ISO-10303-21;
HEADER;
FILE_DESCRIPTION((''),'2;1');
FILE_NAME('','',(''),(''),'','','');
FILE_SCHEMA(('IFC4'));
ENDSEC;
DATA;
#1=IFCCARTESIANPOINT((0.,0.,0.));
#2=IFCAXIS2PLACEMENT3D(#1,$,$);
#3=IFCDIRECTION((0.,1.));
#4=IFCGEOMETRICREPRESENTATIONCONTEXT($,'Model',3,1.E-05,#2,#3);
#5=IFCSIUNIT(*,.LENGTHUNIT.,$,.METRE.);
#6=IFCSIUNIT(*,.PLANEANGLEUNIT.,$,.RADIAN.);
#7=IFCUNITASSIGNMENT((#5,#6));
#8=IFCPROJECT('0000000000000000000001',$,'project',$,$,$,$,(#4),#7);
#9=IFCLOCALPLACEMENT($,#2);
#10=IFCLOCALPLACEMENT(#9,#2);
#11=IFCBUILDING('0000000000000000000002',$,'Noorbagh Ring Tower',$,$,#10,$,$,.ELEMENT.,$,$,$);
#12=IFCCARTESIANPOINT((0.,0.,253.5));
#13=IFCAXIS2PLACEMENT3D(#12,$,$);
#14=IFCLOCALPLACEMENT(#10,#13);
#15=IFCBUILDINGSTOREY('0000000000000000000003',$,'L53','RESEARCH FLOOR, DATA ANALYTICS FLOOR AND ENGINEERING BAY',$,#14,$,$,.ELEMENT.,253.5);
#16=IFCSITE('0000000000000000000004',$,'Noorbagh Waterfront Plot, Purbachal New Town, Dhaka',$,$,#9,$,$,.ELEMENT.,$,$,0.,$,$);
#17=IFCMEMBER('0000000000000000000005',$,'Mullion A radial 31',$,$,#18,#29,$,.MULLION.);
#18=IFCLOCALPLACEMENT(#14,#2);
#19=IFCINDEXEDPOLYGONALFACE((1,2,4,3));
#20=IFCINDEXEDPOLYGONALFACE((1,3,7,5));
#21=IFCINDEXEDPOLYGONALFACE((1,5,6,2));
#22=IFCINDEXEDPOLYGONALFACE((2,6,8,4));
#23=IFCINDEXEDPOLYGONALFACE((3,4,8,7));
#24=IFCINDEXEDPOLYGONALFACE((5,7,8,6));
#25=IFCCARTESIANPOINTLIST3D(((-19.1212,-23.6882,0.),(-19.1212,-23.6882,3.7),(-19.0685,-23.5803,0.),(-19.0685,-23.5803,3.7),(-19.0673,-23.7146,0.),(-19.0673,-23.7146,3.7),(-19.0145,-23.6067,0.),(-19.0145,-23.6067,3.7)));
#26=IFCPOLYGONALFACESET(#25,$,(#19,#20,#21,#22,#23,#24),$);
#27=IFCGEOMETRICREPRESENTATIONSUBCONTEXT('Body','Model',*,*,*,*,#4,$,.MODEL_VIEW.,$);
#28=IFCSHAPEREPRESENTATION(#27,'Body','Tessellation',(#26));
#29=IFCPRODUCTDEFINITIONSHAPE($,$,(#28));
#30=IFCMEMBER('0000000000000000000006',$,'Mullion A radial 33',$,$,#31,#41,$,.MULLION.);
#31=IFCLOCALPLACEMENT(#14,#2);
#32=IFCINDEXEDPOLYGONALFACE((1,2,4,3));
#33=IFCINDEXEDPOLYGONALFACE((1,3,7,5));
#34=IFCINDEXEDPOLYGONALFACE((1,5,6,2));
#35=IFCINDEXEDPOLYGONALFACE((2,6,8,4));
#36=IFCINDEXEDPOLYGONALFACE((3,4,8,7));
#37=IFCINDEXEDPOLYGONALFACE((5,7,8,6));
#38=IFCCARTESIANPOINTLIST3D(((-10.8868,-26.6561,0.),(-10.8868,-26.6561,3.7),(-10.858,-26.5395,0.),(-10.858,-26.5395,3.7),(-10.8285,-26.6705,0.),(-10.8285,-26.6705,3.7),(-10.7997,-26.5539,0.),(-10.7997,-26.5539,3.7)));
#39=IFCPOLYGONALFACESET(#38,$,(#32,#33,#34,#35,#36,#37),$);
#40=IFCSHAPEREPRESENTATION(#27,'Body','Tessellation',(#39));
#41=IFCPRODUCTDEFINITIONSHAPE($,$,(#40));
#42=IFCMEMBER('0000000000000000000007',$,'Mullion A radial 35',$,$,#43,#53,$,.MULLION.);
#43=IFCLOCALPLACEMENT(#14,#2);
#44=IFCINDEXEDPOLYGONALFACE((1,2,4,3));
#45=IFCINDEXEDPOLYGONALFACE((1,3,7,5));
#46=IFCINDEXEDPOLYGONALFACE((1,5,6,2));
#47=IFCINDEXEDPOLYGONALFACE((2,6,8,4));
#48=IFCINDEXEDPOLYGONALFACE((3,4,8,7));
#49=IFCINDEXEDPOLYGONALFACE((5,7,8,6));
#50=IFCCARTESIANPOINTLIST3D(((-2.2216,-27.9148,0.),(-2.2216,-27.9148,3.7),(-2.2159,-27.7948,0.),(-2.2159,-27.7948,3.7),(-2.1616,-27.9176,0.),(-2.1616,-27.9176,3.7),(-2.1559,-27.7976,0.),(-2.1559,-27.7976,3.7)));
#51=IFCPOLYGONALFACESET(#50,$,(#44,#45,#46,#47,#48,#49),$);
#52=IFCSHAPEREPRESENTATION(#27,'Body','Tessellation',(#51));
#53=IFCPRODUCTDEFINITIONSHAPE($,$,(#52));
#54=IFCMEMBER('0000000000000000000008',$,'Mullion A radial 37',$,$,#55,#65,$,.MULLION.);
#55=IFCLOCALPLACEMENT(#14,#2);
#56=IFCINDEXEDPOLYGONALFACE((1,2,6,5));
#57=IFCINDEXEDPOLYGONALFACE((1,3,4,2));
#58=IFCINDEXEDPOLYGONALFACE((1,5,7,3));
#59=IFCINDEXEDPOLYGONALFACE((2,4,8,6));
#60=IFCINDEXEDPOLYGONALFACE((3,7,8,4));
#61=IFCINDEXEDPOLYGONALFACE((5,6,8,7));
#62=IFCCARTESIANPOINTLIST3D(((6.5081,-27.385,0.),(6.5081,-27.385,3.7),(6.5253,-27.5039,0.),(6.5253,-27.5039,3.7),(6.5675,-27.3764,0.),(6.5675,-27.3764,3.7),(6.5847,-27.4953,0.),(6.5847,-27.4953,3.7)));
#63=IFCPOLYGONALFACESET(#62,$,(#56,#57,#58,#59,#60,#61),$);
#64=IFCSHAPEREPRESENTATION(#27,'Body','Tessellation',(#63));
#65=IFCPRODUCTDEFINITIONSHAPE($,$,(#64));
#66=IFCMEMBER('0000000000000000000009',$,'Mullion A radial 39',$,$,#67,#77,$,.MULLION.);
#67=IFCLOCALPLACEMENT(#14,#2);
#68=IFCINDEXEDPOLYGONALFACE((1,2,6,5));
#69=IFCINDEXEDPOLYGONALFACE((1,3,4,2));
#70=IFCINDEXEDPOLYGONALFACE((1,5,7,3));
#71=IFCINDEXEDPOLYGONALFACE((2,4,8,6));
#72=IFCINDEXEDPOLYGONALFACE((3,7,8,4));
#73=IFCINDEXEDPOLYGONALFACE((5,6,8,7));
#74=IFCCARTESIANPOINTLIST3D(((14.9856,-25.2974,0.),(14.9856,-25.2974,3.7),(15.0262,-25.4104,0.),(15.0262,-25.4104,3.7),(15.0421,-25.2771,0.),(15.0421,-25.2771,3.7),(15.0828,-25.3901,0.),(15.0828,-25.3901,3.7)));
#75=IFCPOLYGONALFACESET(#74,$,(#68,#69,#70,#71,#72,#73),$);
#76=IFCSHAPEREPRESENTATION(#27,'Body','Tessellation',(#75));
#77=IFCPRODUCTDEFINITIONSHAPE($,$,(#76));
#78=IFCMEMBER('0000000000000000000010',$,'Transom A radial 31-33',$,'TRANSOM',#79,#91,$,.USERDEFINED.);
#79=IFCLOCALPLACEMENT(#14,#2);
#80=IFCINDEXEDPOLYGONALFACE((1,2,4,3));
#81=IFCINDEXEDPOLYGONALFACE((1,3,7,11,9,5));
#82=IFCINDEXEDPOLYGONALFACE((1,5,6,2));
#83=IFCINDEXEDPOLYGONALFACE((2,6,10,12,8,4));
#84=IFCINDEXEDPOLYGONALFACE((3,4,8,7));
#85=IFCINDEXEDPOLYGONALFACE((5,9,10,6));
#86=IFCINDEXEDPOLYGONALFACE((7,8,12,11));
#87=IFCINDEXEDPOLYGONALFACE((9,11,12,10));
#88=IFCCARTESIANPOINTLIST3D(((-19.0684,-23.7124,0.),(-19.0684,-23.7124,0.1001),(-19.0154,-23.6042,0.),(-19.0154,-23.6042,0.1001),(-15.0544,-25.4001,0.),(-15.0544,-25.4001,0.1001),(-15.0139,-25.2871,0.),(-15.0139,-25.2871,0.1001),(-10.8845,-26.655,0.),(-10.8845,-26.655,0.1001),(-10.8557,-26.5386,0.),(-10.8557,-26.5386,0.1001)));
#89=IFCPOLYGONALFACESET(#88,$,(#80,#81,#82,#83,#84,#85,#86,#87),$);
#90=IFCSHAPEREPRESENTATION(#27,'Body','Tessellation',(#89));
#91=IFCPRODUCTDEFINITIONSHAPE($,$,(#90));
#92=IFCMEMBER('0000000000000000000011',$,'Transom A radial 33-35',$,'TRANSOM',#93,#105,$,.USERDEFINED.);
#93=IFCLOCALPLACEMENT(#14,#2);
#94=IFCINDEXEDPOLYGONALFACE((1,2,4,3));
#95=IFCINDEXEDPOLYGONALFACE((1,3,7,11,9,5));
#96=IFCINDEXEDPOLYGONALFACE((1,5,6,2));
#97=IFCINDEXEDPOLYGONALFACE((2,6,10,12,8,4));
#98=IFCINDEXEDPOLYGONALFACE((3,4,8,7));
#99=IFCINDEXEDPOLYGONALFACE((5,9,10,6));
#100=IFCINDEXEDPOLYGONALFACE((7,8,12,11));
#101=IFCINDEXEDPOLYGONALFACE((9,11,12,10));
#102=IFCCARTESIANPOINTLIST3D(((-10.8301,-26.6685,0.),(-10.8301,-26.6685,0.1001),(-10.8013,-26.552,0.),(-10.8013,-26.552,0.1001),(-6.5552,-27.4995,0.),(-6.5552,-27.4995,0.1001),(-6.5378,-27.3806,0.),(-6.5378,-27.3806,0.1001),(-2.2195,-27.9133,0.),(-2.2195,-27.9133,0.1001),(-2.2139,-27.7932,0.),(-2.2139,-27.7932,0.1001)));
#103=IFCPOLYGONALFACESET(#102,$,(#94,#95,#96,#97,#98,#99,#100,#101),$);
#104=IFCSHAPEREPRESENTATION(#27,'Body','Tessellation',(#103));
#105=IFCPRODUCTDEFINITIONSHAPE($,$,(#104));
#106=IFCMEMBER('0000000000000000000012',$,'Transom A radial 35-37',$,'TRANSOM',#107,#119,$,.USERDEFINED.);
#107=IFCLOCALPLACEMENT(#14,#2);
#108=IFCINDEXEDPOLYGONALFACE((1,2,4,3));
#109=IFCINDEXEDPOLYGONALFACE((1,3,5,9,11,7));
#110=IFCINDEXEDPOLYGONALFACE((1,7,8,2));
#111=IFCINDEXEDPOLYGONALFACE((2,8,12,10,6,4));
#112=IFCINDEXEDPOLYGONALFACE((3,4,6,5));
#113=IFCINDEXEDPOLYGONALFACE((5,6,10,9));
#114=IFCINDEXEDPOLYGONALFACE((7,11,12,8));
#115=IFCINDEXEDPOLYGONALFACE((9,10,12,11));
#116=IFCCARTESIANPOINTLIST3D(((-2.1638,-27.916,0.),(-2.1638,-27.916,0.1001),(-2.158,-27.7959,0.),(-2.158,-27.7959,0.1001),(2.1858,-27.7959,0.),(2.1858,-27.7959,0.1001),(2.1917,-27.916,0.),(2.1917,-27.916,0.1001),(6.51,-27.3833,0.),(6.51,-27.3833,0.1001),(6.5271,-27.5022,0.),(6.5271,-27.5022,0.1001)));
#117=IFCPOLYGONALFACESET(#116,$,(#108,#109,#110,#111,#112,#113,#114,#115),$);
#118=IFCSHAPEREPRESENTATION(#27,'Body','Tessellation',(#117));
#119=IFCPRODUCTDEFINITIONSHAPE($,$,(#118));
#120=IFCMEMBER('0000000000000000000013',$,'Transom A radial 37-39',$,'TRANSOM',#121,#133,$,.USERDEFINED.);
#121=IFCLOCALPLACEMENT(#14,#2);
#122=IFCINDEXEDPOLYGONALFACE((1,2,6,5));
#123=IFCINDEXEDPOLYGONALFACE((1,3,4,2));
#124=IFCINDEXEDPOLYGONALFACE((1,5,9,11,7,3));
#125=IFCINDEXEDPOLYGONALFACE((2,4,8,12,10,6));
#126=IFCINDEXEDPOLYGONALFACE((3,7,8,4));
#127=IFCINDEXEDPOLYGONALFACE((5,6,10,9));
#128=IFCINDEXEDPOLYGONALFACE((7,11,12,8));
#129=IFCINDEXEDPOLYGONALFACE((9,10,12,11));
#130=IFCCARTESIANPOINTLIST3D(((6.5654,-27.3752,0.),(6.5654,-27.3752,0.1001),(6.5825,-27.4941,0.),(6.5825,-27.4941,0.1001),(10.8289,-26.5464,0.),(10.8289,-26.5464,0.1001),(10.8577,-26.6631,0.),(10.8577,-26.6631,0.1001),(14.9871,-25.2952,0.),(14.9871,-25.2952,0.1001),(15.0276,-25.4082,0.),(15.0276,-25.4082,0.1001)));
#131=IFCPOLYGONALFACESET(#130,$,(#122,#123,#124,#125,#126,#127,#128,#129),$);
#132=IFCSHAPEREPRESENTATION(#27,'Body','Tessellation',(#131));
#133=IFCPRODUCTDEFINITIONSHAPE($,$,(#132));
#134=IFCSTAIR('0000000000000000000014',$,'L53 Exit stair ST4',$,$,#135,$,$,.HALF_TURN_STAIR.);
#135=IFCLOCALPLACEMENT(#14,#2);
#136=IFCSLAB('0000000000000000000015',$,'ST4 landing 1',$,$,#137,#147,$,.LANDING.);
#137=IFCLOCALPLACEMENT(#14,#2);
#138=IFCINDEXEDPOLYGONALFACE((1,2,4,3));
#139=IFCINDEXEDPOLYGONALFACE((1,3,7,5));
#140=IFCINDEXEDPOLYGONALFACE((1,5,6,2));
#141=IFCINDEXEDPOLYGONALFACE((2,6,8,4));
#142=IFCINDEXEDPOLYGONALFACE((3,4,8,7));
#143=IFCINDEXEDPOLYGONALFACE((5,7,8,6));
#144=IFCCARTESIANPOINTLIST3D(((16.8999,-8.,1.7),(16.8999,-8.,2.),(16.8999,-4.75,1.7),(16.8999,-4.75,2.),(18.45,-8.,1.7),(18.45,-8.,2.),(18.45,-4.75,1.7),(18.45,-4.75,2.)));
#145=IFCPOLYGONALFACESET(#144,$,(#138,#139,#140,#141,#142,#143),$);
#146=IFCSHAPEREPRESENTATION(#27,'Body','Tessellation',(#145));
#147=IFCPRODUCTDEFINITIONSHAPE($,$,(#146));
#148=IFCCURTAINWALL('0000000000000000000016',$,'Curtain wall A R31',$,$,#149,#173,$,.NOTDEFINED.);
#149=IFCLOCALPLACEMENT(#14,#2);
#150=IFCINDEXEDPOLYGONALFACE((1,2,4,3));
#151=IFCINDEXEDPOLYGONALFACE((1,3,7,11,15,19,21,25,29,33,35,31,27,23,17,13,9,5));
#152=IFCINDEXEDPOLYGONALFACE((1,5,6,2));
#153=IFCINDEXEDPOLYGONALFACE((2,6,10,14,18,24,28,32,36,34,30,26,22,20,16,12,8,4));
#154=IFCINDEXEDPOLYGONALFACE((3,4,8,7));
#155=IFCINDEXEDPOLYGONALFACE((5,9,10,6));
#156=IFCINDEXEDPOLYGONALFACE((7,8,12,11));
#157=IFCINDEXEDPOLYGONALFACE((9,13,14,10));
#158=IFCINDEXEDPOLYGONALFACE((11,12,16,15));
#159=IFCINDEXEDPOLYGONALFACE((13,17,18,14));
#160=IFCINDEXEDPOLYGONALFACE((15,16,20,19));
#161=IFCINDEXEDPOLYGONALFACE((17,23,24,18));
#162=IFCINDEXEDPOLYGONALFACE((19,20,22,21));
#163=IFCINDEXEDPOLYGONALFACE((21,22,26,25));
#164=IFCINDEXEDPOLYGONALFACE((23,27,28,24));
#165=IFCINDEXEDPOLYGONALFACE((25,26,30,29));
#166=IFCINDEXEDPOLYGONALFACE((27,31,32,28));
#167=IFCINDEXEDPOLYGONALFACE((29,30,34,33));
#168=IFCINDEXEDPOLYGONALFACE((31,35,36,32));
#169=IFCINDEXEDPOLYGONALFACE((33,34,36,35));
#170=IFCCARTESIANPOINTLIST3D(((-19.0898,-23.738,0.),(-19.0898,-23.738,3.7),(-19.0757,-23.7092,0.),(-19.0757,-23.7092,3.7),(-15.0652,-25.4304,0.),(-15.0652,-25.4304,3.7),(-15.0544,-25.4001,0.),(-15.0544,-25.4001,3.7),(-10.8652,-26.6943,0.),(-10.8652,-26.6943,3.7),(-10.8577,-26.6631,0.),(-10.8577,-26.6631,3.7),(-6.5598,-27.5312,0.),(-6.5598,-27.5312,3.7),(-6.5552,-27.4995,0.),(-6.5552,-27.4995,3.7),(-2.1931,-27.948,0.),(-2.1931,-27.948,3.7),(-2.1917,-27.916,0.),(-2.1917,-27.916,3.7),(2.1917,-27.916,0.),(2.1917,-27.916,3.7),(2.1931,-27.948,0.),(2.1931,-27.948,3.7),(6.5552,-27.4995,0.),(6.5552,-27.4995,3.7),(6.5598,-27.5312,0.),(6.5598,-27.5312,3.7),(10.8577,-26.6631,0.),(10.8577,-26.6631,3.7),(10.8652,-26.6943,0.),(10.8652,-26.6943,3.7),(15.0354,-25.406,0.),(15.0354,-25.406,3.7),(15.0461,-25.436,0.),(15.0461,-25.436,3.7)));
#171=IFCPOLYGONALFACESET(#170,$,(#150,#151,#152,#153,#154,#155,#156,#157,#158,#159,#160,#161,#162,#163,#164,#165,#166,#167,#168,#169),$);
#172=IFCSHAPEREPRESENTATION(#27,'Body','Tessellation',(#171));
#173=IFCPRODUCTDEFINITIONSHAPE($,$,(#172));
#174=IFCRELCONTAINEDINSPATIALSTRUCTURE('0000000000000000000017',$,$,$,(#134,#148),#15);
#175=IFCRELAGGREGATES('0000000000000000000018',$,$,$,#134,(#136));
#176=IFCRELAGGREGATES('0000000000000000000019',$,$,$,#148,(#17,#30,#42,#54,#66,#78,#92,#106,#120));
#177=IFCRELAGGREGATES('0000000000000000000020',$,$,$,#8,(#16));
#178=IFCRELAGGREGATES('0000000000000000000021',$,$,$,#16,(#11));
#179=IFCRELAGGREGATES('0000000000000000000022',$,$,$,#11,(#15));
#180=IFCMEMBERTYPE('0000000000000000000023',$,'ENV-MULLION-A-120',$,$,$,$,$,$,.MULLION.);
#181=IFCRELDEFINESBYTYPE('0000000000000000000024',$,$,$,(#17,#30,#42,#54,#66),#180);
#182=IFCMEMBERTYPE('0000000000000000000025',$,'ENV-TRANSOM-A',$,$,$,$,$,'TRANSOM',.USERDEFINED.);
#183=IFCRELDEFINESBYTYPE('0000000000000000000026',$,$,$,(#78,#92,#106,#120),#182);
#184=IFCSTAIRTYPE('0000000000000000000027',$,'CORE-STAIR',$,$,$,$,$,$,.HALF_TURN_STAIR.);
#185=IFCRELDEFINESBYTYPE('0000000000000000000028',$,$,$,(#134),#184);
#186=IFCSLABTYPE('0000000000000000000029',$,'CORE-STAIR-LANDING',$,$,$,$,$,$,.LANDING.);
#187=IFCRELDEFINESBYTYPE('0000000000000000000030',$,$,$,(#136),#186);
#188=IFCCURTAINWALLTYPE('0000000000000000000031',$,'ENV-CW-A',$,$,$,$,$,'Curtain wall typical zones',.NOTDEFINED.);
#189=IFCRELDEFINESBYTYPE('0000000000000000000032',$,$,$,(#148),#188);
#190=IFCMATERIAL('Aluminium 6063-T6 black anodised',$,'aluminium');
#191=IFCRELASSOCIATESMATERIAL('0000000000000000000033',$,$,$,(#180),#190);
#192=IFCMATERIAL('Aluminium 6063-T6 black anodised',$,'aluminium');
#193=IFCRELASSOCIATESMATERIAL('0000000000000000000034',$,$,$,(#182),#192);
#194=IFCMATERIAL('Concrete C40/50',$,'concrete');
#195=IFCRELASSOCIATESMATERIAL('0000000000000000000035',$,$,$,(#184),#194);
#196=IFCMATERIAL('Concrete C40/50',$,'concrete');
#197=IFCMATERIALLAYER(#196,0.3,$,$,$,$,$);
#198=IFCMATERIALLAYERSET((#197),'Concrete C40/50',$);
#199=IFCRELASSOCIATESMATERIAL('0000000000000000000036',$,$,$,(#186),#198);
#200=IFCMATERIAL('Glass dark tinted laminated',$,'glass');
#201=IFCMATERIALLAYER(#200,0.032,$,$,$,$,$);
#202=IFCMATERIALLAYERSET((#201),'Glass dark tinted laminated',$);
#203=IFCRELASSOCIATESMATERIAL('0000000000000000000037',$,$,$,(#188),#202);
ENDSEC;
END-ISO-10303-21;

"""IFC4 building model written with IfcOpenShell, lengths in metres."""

from ifc_helpers import new_model, si_unit, direction, frame, origin, origin_2d, place, context, subcontext, project, spatial, polyline, rectangle, outline, extrude, material, layer, layer_set, material_profile, profile_set, type_object, element, aggregate, save


model = new_model("IFC4")

# Units and contexts
model_context = context("Model", 3, precision=1e-05, world=origin(), true_north=direction((0.0, 1.0)))
body_context = subcontext(model_context, "Body", "Model", "MODEL_VIEW")
ifc_project = project(units=[si_unit("LENGTHUNIT", "METRE"), si_unit("PLANEANGLEUNIT", "RADIAN")], contexts=[model_context])

# Members
ifc_material_1 = material(Name="Aluminium 6063-T6 black anodised", Category="aluminium")
ifc_material_profile = material_profile(ifc_material_1, rectangle(XDim=0.1201, YDim=0.0601, at=origin_2d()), Name="120x60")
ifc_profile_set = profile_set([ifc_material_profile], Name="Aluminium 6063-T6 black anodised")
member_type_1 = type_object("IfcMemberType", Name="ENV-MULLION-A-120", PredefinedType="MULLION", material=ifc_profile_set)
site_placement = place(None, origin())
building_placement = place(site_placement, origin())
storey_placement = place(building_placement, frame((0.0, 0.0, 253.5)))
member_1_placement = place(storey_placement, frame((-19.0679, -23.6475, 0.0), z_axis=(0.0, 0.0, 1.0), x_axis=(0.439238, 0.898371, 0.0)))
member_1 = element("IfcMember", 1, at=member_1_placement, type_object=member_type_1, Name="Mullion A radial 31", PredefinedType="MULLION", context=body_context, shape_type="SweptSolid", body=[
    extrude(rectangle(XDim=0.1201, YDim=0.0601, at=origin_2d()), origin(), (0.0, 0.0, 1.0), 3.7),
])
member_2_placement = place(storey_placement, frame((-10.8433, -26.605, 0.0), z_axis=(0.0, 0.0, 1.0), x_axis=(0.239799, 0.970823, 0.0)))
member_2 = element("IfcMember", 2, at=member_2_placement, type_object=member_type_1, Name="Mullion A radial 33", PredefinedType="MULLION", context=body_context, shape_type="SweptSolid", body=[
    extrude(rectangle(XDim=0.1201, YDim=0.0601, at=origin_2d()), origin(), (0.0, 0.0, 1.0), 3.7),
])
member_3_placement = place(storey_placement, frame((-2.1887, -27.8562, 0.0), z_axis=(0.0, 0.0, 1.0), x_axis=(0.047558, 0.998868, 0.0)))
member_3 = element("IfcMember", 3, at=member_3_placement, type_object=member_type_1, Name="Mullion A radial 35", PredefinedType="MULLION", context=body_context, shape_type="SweptSolid", body=[
    extrude(rectangle(XDim=0.1201, YDim=0.0601, at=origin_2d()), origin(), (0.0, 0.0, 1.0), 3.7),
])
member_4_placement = place(storey_placement, frame((6.5464, -27.4402, 0.0), z_axis=(0.0, 0.0, 1.0), x_axis=(-0.143082, 0.989711, 0.0)))
member_4 = element("IfcMember", 4, at=member_4_placement, type_object=member_type_1, Name="Mullion A radial 37", PredefinedType="MULLION", context=body_context, shape_type="SweptSolid", body=[
    extrude(rectangle(XDim=0.1201, YDim=0.0601, at=origin_2d()), origin(), (0.0, 0.0, 1.0), 3.7),
])
member_5_placement = place(storey_placement, frame((15.0342, -25.3438, 0.0), z_axis=(0.0, 0.0, 1.0), x_axis=(-0.338379, 0.94101, 0.0)))
member_5 = element("IfcMember", 5, at=member_5_placement, type_object=member_type_1, Name="Mullion A radial 39", PredefinedType="MULLION", context=body_context, shape_type="SweptSolid", body=[
    extrude(rectangle(XDim=0.1201, YDim=0.0601, at=origin_2d()), origin(), (0.0, 0.0, 1.0), 3.7),
])
ifc_material_2 = material(Name="Aluminium 6063-T6 black anodised", Category="aluminium")
member_type_2 = type_object("IfcMemberType", Name="ENV-TRANSOM-A", ElementType="TRANSOM", PredefinedType="USERDEFINED", material=ifc_material_2)
member_6_placement = place(storey_placement, origin())
member_6 = element("IfcMember", 6, at=member_6_placement, type_object=member_type_2, Name="Transom A radial 31-33", ObjectType="TRANSOM", PredefinedType="USERDEFINED", context=body_context, shape_type="SweptSolid", body=[
    extrude(outline(polyline([(-19.0684, -23.7124), (-15.0544, -25.4001), (-10.8845, -26.655), (-10.8557, -26.5386), (-15.0139, -25.2871), (-19.0154, -23.6042), (-19.0684, -23.7124)])), origin(), (0.0, 0.0, 1.0), 0.1001),
])
member_7_placement = place(storey_placement, origin())
member_7 = element("IfcMember", 7, at=member_7_placement, type_object=member_type_2, Name="Transom A radial 33-35", ObjectType="TRANSOM", PredefinedType="USERDEFINED", context=body_context, shape_type="SweptSolid", body=[
    extrude(outline(polyline([(-10.8301, -26.6685), (-6.5552, -27.4995), (-2.2195, -27.9133), (-2.2139, -27.7932), (-6.5378, -27.3806), (-10.8013, -26.552), (-10.8301, -26.6685)])), origin(), (0.0, 0.0, 1.0), 0.1001),
])
member_8_placement = place(storey_placement, origin())
member_8 = element("IfcMember", 8, at=member_8_placement, type_object=member_type_2, Name="Transom A radial 35-37", ObjectType="TRANSOM", PredefinedType="USERDEFINED", context=body_context, shape_type="SweptSolid", body=[
    extrude(outline(polyline([(-2.1638, -27.916), (2.1917, -27.916), (6.5271, -27.5022), (6.51, -27.3833), (2.1858, -27.7959), (-2.158, -27.7959), (-2.1638, -27.916)])), origin(), (0.0, 0.0, 1.0), 0.1001),
])
member_9_placement = place(storey_placement, origin())
member_9 = element("IfcMember", 9, at=member_9_placement, type_object=member_type_2, Name="Transom A radial 37-39", ObjectType="TRANSOM", PredefinedType="USERDEFINED", context=body_context, shape_type="SweptSolid", body=[
    extrude(outline(polyline([(6.5825, -27.4941), (10.8577, -26.6631), (15.0276, -25.4082), (14.9871, -25.2952), (10.8289, -26.5464), (6.5654, -27.3752), (6.5825, -27.4941)])), origin(), (0.0, 0.0, 1.0), 0.1001),
])

# Site, building, storey
site = spatial("IfcSite", under=ifc_project, at=site_placement, Name="Noorbagh Waterfront Plot, Purbachal New Town, Dhaka", CompositionType="ELEMENT", RefElevation=0.0)
building = spatial("IfcBuilding", under=site, at=building_placement, Name="Noorbagh Ring Tower", CompositionType="ELEMENT")
storey = spatial("IfcBuildingStorey", under=building, at=storey_placement, Name="L53", Description="RESEARCH FLOOR, DATA ANALYTICS FLOOR AND ENGINEERING BAY", CompositionType="ELEMENT", Elevation=253.5)

# Stair, slab
ifc_material_3 = material(Name="Concrete C40/50", Category="concrete")
stair_type = type_object("IfcStairType", Name="CORE-STAIR", PredefinedType="HALF_TURN_STAIR", material=ifc_material_3)
stair_placement = place(storey_placement, origin())
stair = element("IfcStair", 10, at=stair_placement, inside=storey, type_object=stair_type, Name="L53 Exit stair ST4", PredefinedType="HALF_TURN_STAIR")
ifc_material_4 = material(Name="Concrete C40/50", Category="concrete")
ifc_layer_1 = layer(ifc_material_4, 0.3)
ifc_layer_set_1 = layer_set([ifc_layer_1], Name="Concrete C40/50")
slab_type = type_object("IfcSlabType", Name="CORE-STAIR-LANDING", PredefinedType="LANDING", material=ifc_layer_set_1)
slab_placement = place(storey_placement, frame((0.0, 0.0, 1.7)))
slab = element("IfcSlab", 11, at=slab_placement, type_object=slab_type, Name="ST4 landing 1", PredefinedType="LANDING", context=body_context, shape_type="SweptSolid", body=[
    extrude(outline(polyline([(18.45, -4.75), (16.8999, -4.75), (16.8999, -8.0), (18.45, -8.0), (18.45, -4.75)])), origin(), (0.0, 0.0, 1.0), 0.3),
])
aggregate(stair, [slab])

# Curtain wall
ifc_material_5 = material(Name="Glass dark tinted laminated", Category="glass")
ifc_layer_2 = layer(ifc_material_5, 0.032)
ifc_layer_set_2 = layer_set([ifc_layer_2], Name="Glass dark tinted laminated")
curtain_wall_type = type_object("IfcCurtainWallType", Name="ENV-CW-A", ElementType="Curtain wall typical zones", PredefinedType="NOTDEFINED", material=ifc_layer_set_2)
curtain_wall_1_placement = place(storey_placement, origin())
curtain_wall_1 = element("IfcCurtainWall", 12, at=curtain_wall_1_placement, inside=storey, type_object=curtain_wall_type, Name="Curtain wall A R31", PredefinedType="NOTDEFINED", context=body_context, shape_type="SweptSolid", body=[
    extrude(outline(polyline([(-19.0898, -23.738), (-15.0652, -25.4304), (-10.8652, -26.6943), (-6.5598, -27.5312), (-2.1931, -27.948), (2.1931, -27.948), (6.5598, -27.5312), (10.8652, -26.6943), (15.0461, -25.436), (15.0354, -25.406), (10.8577, -26.6631), (6.5552, -27.4995), (2.1917, -27.916), (-2.1917, -27.916), (-6.5552, -27.4995), (-10.8577, -26.6631), (-15.0544, -25.4001), (-19.0757, -23.7092), (-19.0898, -23.738)])), origin(), (0.0, 0.0, 1.0), 3.7),
])
aggregate(curtain_wall_1, [member_1, member_2, member_3, member_4, member_5, member_6, member_7, member_8, member_9])

save(model, "model.ifc")
